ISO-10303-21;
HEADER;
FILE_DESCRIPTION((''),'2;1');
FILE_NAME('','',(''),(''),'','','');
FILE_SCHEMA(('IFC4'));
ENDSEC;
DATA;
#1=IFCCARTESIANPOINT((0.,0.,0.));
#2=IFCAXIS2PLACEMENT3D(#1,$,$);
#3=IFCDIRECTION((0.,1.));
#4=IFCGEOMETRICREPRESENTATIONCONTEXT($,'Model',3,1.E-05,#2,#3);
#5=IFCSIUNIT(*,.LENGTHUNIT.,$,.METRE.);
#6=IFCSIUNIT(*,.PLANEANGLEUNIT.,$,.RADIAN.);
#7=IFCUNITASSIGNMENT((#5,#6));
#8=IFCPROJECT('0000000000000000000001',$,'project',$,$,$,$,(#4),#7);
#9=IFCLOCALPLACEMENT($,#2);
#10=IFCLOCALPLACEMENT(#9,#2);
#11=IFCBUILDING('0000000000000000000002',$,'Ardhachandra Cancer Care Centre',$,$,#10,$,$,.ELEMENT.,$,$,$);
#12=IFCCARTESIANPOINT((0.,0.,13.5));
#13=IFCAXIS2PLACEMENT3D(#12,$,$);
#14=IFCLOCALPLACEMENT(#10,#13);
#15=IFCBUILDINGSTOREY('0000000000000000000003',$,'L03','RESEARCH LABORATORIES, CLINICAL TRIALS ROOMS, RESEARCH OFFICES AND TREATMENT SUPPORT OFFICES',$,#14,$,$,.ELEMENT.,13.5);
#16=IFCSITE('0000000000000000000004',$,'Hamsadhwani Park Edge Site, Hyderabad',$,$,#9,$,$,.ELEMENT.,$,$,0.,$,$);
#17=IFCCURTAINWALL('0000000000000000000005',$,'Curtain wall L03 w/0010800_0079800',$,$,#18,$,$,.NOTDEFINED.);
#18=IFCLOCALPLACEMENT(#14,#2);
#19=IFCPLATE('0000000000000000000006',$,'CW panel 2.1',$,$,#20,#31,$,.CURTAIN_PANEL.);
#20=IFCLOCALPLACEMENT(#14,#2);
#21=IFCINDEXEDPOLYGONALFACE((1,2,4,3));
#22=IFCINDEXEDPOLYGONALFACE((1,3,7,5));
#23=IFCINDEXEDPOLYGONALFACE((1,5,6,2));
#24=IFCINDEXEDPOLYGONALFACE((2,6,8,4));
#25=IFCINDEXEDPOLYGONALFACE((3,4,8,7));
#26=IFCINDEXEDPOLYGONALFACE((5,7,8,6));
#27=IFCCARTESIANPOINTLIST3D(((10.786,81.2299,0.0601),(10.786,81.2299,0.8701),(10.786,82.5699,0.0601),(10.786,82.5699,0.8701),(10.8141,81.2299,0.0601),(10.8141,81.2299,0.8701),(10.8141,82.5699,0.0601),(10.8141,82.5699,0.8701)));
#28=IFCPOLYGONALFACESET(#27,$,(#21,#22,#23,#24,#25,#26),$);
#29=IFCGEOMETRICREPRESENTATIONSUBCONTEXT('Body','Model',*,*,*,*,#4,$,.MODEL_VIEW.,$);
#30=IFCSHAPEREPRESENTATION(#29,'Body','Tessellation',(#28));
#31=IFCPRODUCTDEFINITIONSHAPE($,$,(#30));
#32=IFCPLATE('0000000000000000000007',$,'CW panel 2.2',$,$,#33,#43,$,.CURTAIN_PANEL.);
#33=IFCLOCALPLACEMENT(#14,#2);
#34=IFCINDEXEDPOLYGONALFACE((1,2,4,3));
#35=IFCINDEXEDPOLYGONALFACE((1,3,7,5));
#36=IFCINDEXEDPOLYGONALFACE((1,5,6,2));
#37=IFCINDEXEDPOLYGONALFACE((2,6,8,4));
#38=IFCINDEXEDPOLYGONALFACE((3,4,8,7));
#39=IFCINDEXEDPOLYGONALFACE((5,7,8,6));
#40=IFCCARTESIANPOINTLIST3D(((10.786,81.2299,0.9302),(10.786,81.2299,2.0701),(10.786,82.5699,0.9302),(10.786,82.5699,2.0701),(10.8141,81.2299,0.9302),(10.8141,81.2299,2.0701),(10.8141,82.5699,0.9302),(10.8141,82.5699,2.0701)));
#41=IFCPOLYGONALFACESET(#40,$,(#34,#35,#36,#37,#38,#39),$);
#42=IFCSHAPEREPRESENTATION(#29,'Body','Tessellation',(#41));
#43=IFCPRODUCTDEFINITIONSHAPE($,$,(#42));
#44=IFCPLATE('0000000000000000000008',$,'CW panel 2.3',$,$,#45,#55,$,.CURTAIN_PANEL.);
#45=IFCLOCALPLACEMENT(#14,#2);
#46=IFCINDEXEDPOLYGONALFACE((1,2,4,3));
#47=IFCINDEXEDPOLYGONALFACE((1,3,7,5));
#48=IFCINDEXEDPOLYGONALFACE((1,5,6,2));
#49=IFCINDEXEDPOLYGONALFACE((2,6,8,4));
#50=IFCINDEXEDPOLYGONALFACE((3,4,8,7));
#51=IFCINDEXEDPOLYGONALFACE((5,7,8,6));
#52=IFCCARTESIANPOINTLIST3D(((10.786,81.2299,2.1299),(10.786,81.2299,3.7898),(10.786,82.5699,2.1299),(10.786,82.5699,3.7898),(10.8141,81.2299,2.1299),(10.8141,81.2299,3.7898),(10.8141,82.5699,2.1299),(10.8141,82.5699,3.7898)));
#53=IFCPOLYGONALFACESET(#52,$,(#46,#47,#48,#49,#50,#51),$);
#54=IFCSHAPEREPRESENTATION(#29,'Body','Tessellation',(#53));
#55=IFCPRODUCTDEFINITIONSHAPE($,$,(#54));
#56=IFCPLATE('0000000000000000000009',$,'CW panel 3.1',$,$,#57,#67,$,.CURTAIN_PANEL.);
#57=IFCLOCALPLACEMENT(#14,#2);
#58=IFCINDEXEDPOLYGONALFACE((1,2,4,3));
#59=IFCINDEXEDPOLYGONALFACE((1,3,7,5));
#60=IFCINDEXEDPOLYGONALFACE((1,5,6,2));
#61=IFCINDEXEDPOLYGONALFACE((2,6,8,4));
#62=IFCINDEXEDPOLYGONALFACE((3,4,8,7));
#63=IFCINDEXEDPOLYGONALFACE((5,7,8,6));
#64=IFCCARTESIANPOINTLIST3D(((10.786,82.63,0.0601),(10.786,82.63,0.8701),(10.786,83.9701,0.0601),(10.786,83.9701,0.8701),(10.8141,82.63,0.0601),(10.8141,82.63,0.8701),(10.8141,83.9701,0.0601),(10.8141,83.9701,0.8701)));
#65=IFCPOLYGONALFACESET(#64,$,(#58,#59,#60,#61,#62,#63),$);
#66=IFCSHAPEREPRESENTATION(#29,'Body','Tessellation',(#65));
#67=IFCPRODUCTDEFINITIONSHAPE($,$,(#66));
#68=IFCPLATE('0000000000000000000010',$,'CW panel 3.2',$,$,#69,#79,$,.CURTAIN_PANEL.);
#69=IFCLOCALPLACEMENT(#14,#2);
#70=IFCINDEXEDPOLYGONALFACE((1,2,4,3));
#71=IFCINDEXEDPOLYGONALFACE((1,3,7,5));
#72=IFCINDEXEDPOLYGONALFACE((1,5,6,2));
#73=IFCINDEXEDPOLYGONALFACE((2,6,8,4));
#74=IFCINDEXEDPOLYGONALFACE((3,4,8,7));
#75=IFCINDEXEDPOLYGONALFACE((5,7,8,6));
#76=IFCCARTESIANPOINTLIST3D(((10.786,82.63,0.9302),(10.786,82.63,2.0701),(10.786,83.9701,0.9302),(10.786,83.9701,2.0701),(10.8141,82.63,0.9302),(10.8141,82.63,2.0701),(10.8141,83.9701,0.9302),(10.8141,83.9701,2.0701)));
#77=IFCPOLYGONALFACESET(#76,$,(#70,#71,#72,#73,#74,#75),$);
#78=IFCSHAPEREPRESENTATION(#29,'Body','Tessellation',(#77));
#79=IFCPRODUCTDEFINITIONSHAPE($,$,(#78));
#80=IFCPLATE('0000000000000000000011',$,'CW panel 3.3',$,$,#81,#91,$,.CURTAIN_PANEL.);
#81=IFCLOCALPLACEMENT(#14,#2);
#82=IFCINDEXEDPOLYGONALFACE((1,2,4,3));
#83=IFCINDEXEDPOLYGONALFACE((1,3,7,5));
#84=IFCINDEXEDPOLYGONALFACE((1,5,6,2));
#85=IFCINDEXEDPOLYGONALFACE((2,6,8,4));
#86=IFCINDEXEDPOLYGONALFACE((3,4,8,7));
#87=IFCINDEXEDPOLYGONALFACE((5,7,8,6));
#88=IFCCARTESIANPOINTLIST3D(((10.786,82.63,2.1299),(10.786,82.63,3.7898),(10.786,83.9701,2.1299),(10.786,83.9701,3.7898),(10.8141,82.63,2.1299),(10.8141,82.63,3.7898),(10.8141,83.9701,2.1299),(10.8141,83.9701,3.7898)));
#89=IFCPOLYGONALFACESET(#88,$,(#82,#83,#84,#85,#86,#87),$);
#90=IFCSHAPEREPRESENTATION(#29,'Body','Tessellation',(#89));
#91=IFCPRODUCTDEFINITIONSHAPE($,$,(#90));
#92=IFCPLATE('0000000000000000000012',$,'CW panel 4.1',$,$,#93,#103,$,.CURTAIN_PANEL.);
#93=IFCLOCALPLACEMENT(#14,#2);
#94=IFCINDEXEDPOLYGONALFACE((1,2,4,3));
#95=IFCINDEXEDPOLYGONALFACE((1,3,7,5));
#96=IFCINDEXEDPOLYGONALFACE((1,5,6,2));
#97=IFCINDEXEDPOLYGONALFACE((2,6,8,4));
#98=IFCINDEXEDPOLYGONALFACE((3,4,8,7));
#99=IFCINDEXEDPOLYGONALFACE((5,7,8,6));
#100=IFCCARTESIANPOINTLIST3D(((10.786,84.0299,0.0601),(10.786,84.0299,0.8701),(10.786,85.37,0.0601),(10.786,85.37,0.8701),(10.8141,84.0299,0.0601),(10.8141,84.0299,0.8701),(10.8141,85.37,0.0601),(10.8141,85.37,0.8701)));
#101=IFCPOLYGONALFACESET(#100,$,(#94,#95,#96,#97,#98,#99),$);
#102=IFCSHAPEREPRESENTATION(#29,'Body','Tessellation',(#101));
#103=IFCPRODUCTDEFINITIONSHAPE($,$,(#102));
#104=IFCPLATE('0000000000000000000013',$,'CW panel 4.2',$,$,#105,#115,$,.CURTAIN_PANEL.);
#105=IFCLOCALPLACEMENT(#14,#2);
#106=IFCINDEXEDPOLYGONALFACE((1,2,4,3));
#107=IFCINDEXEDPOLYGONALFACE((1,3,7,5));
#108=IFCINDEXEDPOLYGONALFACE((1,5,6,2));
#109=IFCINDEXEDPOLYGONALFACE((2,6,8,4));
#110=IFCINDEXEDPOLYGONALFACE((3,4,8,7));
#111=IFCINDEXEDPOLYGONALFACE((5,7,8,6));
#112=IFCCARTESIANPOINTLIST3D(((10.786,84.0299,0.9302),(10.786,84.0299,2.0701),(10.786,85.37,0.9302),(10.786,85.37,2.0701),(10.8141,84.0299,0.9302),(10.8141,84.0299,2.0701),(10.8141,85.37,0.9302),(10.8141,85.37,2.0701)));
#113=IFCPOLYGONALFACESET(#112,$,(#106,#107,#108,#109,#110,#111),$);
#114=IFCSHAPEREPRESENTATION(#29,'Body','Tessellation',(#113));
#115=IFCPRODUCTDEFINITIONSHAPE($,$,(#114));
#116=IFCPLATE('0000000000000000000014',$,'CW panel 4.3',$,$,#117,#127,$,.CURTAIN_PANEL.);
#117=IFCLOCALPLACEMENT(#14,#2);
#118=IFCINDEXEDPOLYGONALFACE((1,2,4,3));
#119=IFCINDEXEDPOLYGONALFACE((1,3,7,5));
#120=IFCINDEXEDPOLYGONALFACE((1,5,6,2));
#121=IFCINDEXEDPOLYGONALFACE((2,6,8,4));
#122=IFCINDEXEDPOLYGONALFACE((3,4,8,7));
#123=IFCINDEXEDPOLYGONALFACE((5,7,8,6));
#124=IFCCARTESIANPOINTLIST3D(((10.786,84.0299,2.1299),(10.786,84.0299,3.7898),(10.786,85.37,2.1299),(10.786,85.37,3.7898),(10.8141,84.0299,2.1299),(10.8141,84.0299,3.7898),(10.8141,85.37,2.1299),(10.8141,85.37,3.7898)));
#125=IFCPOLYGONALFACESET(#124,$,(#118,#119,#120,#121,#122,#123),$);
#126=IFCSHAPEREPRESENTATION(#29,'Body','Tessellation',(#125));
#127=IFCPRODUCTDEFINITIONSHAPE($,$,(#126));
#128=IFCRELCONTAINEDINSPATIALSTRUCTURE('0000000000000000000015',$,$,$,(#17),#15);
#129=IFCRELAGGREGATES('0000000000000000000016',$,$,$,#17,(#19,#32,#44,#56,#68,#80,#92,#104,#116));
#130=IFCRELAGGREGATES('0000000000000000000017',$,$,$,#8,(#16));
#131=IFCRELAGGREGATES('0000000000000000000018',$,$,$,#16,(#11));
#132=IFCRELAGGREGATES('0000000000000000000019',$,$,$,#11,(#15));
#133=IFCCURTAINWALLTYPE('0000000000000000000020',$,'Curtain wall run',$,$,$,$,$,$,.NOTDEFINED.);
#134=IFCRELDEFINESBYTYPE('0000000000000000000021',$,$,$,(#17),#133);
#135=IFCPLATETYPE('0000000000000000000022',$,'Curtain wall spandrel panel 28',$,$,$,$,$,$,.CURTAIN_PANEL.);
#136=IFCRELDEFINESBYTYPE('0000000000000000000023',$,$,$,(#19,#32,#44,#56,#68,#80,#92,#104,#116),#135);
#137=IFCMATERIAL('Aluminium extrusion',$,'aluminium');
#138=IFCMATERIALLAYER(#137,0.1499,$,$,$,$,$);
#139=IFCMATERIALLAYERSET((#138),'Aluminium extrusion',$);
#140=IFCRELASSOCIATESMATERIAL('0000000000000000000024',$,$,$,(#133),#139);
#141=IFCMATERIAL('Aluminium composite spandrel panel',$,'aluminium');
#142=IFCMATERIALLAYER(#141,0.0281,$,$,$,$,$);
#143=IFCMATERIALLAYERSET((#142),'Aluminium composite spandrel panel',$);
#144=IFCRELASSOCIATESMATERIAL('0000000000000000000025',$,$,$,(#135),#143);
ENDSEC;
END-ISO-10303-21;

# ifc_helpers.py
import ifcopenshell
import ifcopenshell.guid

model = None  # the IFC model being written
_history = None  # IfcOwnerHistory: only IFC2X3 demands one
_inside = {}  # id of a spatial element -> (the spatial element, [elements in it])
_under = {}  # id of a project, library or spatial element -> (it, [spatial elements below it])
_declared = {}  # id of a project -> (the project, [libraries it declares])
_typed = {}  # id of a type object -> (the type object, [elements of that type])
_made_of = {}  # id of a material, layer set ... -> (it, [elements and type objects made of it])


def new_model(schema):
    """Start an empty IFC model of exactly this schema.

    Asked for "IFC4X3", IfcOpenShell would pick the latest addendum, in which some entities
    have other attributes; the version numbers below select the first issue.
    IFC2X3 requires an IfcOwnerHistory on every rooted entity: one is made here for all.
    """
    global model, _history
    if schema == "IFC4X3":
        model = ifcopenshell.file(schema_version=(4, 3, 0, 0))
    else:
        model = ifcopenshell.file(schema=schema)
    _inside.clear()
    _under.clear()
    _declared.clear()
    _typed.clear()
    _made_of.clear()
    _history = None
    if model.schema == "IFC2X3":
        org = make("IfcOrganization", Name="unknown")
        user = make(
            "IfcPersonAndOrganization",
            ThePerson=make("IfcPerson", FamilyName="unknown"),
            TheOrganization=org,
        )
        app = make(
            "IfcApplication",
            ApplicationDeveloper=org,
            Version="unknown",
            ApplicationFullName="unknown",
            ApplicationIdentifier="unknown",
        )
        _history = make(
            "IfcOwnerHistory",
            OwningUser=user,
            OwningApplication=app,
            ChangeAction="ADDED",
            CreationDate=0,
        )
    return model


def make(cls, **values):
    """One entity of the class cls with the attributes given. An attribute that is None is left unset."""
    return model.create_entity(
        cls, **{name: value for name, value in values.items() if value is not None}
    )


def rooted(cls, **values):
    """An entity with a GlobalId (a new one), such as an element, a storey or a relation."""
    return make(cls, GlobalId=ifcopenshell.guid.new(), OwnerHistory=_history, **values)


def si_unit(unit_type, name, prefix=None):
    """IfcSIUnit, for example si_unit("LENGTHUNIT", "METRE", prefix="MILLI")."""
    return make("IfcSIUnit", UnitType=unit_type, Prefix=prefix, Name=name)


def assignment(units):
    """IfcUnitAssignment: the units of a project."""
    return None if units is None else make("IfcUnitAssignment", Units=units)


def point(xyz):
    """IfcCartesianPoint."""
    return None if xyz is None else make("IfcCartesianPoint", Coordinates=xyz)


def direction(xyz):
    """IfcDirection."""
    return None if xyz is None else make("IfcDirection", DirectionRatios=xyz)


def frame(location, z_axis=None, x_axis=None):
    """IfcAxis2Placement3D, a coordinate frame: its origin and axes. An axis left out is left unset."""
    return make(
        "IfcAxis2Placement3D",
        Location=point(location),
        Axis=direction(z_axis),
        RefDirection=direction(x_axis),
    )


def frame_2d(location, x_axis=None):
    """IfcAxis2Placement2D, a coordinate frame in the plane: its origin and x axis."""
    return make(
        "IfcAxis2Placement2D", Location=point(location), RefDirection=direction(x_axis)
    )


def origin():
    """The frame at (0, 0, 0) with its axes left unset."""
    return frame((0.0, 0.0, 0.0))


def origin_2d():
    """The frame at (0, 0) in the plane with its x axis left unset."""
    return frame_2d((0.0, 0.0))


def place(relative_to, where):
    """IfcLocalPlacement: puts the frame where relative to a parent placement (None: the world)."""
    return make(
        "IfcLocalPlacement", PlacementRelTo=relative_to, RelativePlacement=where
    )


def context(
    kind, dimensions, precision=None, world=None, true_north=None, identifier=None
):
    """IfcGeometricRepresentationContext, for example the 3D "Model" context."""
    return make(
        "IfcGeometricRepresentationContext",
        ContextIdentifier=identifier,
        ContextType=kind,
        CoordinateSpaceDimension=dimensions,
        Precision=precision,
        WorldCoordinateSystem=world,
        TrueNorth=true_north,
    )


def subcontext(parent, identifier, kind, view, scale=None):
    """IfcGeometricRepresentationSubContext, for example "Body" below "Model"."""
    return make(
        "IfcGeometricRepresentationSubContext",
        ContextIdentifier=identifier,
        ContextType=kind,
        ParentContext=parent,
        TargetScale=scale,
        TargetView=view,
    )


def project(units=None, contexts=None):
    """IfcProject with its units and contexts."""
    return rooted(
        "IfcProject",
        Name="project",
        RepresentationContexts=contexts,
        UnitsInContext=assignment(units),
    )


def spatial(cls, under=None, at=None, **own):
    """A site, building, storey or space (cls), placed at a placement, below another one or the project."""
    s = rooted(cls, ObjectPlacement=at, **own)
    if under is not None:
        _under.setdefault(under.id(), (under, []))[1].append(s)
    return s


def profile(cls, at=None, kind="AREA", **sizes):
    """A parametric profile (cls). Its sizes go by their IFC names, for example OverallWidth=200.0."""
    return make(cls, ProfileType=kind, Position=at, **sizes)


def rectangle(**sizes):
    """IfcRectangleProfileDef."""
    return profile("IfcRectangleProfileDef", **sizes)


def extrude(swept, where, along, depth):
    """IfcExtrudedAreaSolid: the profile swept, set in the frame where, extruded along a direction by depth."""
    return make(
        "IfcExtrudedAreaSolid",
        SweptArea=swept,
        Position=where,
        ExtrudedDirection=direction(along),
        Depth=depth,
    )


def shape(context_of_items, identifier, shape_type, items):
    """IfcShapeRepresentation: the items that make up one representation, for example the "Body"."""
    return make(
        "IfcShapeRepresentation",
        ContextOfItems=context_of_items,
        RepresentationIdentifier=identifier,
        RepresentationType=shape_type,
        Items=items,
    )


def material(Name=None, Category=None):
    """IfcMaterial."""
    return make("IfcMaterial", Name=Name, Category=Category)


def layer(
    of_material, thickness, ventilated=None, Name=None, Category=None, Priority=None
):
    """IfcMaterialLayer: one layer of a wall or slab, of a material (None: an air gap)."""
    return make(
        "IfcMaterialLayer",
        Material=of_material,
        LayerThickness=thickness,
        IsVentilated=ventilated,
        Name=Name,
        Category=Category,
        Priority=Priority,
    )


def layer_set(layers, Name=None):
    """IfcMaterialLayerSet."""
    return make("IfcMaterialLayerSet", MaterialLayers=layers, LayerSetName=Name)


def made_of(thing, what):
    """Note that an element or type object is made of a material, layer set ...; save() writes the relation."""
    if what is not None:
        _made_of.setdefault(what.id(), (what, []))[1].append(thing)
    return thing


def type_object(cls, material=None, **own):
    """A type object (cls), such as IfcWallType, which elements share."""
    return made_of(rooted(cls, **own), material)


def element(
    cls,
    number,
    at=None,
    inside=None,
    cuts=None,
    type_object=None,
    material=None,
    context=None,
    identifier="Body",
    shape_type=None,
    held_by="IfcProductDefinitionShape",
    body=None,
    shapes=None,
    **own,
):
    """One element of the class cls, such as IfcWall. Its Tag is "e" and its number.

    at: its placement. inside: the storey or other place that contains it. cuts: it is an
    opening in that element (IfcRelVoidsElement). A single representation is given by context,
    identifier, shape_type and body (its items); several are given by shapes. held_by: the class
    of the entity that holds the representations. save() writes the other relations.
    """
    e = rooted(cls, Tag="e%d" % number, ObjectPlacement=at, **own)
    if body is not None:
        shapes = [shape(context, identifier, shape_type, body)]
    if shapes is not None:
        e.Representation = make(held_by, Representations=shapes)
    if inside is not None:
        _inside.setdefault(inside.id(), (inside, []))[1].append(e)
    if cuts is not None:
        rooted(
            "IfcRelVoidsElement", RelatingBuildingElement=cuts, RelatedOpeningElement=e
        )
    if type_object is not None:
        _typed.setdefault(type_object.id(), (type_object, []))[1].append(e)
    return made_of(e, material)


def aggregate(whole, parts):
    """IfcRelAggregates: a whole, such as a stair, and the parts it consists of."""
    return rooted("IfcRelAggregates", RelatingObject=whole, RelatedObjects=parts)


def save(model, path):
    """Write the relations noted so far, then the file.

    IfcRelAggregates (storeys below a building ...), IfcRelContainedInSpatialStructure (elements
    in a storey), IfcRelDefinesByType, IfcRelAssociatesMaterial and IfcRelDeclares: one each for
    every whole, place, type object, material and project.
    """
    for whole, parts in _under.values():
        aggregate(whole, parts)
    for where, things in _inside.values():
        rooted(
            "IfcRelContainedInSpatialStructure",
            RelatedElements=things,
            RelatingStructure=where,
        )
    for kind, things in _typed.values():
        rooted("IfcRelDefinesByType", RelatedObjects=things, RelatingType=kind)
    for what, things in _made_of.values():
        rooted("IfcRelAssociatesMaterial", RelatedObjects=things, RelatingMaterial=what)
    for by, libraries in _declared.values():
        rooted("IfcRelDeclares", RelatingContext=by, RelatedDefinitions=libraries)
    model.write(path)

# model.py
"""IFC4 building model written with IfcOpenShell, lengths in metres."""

from ifc_helpers import new_model, si_unit, direction, frame, origin, origin_2d, place, context, subcontext, project, spatial, rectangle, extrude, material, layer, layer_set, type_object, element, aggregate, save


model = new_model("IFC4")

# Units and contexts
model_context = context("Model", 3, precision=1e-05, world=origin(), true_north=direction((0.0, 1.0)))
body_context = subcontext(model_context, "Body", "Model", "MODEL_VIEW")
ifc_project = project(units=[si_unit("LENGTHUNIT", "METRE"), si_unit("PLANEANGLEUNIT", "RADIAN")], contexts=[model_context])

# Site, building, storey
site_placement = place(None, origin())
site = spatial("IfcSite", under=ifc_project, at=site_placement, Name="Hamsadhwani Park Edge Site, Hyderabad", CompositionType="ELEMENT", RefElevation=0.0)
building_placement = place(site_placement, origin())
building = spatial("IfcBuilding", under=site, at=building_placement, Name="Ardhachandra Cancer Care Centre", CompositionType="ELEMENT")
storey_placement = place(building_placement, frame((0.0, 0.0, 13.5)))
storey = spatial("IfcBuildingStorey", under=building, at=storey_placement, Name="L03", Description="RESEARCH LABORATORIES, CLINICAL TRIALS ROOMS, RESEARCH OFFICES AND TREATMENT SUPPORT OFFICES", CompositionType="ELEMENT", Elevation=13.5)

# Curtain wall, plates
ifc_material_1 = material(Name="Aluminium extrusion", Category="aluminium")
ifc_layer_1 = layer(ifc_material_1, 0.1499)
ifc_layer_set_1 = layer_set([ifc_layer_1], Name="Aluminium extrusion")
curtain_wall_type = type_object("IfcCurtainWallType", Name="Curtain wall run", PredefinedType="NOTDEFINED", material=ifc_layer_set_1)
curtain_wall_placement = place(storey_placement, origin())
curtain_wall = element("IfcCurtainWall", 1, at=curtain_wall_placement, inside=storey, type_object=curtain_wall_type, Name="Curtain wall L03 w/0010800_0079800", PredefinedType="NOTDEFINED")
ifc_material_2 = material(Name="Aluminium composite spandrel panel", Category="aluminium")
ifc_layer_2 = layer(ifc_material_2, 0.0281)
ifc_layer_set_2 = layer_set([ifc_layer_2], Name="Aluminium composite spandrel panel")
plate_type = type_object("IfcPlateType", Name="Curtain wall spandrel panel 28", PredefinedType="CURTAIN_PANEL", material=ifc_layer_set_2)
plate_1_placement = place(storey_placement, frame((10.8, 81.8999, 0.0601), z_axis=(0.0, 0.0, 1.0), x_axis=(0.0, 1.0, 0.0)))
plate_1 = element("IfcPlate", 2, at=plate_1_placement, type_object=plate_type, Name="CW panel 2.1", PredefinedType="CURTAIN_PANEL", context=body_context, shape_type="SweptSolid", body=[
    extrude(rectangle(XDim=1.3401, YDim=0.0281, at=origin_2d()), origin(), (0.0, 0.0, 1.0), 0.8101),
])
plate_2_placement = place(storey_placement, frame((10.8, 81.8999, 0.9302), z_axis=(0.0, 0.0, 1.0), x_axis=(0.0, 1.0, 0.0)))
plate_2 = element("IfcPlate", 3, at=plate_2_placement, type_object=plate_type, Name="CW panel 2.2", PredefinedType="CURTAIN_PANEL", context=body_context, shape_type="SweptSolid", body=[
    extrude(rectangle(XDim=1.3401, YDim=0.0281, at=origin_2d()), origin(), (0.0, 0.0, 1.0), 1.1399),
])
plate_3_placement = place(storey_placement, frame((10.8, 81.8999, 2.1299), z_axis=(0.0, 0.0, 1.0), x_axis=(0.0, 1.0, 0.0)))
plate_3 = element("IfcPlate", 4, at=plate_3_placement, type_object=plate_type, Name="CW panel 2.3", PredefinedType="CURTAIN_PANEL", context=body_context, shape_type="SweptSolid", body=[
    extrude(rectangle(XDim=1.3401, YDim=0.0281, at=origin_2d()), origin(), (0.0, 0.0, 1.0), 1.6599),
])
plate_4_placement = place(storey_placement, frame((10.8, 83.3, 0.0601), z_axis=(0.0, 0.0, 1.0), x_axis=(0.0, 1.0, 0.0)))
plate_4 = element("IfcPlate", 5, at=plate_4_placement, type_object=plate_type, Name="CW panel 3.1", PredefinedType="CURTAIN_PANEL", context=body_context, shape_type="SweptSolid", body=[
    extrude(rectangle(XDim=1.3401, YDim=0.0281, at=origin_2d()), origin(), (0.0, 0.0, 1.0), 0.8101),
])
plate_5_placement = place(storey_placement, frame((10.8, 83.3, 0.9302), z_axis=(0.0, 0.0, 1.0), x_axis=(0.0, 1.0, 0.0)))
plate_5 = element("IfcPlate", 6, at=plate_5_placement, type_object=plate_type, Name="CW panel 3.2", PredefinedType="CURTAIN_PANEL", context=body_context, shape_type="SweptSolid", body=[
    extrude(rectangle(XDim=1.3401, YDim=0.0281, at=origin_2d()), origin(), (0.0, 0.0, 1.0), 1.1399),
])
plate_6_placement = place(storey_placement, frame((10.8, 83.3, 2.1299), z_axis=(0.0, 0.0, 1.0), x_axis=(0.0, 1.0, 0.0)))
plate_6 = element("IfcPlate", 7, at=plate_6_placement, type_object=plate_type, Name="CW panel 3.3", PredefinedType="CURTAIN_PANEL", context=body_context, shape_type="SweptSolid", body=[
    extrude(rectangle(XDim=1.3401, YDim=0.0281, at=origin_2d()), origin(), (0.0, 0.0, 1.0), 1.6599),
])
plate_7_placement = place(storey_placement, frame((10.8, 84.7, 0.0601), z_axis=(0.0, 0.0, 1.0), x_axis=(0.0, 1.0, 0.0)))
plate_7 = element("IfcPlate", 8, at=plate_7_placement, type_object=plate_type, Name="CW panel 4.1", PredefinedType="CURTAIN_PANEL", context=body_context, shape_type="SweptSolid", body=[
    extrude(rectangle(XDim=1.3401, YDim=0.0281, at=origin_2d()), origin(), (0.0, 0.0, 1.0), 0.8101),
])
plate_8_placement = place(storey_placement, frame((10.8, 84.7, 0.9302), z_axis=(0.0, 0.0, 1.0), x_axis=(0.0, 1.0, 0.0)))
plate_8 = element("IfcPlate", 9, at=plate_8_placement, type_object=plate_type, Name="CW panel 4.2", PredefinedType="CURTAIN_PANEL", context=body_context, shape_type="SweptSolid", body=[
    extrude(rectangle(XDim=1.3401, YDim=0.0281, at=origin_2d()), origin(), (0.0, 0.0, 1.0), 1.1399),
])
plate_9_placement = place(storey_placement, frame((10.8, 84.7, 2.1299), z_axis=(0.0, 0.0, 1.0), x_axis=(0.0, 1.0, 0.0)))
plate_9 = element("IfcPlate", 10, at=plate_9_placement, type_object=plate_type, Name="CW panel 4.3", PredefinedType="CURTAIN_PANEL", context=body_context, shape_type="SweptSolid", body=[
    extrude(rectangle(XDim=1.3401, YDim=0.0281, at=origin_2d()), origin(), (0.0, 0.0, 1.0), 1.6599),
])
aggregate(curtain_wall, [plate_1, plate_2, plate_3, plate_4, plate_5, plate_6, plate_7, plate_8, plate_9])

save(model, "model.ifc")
